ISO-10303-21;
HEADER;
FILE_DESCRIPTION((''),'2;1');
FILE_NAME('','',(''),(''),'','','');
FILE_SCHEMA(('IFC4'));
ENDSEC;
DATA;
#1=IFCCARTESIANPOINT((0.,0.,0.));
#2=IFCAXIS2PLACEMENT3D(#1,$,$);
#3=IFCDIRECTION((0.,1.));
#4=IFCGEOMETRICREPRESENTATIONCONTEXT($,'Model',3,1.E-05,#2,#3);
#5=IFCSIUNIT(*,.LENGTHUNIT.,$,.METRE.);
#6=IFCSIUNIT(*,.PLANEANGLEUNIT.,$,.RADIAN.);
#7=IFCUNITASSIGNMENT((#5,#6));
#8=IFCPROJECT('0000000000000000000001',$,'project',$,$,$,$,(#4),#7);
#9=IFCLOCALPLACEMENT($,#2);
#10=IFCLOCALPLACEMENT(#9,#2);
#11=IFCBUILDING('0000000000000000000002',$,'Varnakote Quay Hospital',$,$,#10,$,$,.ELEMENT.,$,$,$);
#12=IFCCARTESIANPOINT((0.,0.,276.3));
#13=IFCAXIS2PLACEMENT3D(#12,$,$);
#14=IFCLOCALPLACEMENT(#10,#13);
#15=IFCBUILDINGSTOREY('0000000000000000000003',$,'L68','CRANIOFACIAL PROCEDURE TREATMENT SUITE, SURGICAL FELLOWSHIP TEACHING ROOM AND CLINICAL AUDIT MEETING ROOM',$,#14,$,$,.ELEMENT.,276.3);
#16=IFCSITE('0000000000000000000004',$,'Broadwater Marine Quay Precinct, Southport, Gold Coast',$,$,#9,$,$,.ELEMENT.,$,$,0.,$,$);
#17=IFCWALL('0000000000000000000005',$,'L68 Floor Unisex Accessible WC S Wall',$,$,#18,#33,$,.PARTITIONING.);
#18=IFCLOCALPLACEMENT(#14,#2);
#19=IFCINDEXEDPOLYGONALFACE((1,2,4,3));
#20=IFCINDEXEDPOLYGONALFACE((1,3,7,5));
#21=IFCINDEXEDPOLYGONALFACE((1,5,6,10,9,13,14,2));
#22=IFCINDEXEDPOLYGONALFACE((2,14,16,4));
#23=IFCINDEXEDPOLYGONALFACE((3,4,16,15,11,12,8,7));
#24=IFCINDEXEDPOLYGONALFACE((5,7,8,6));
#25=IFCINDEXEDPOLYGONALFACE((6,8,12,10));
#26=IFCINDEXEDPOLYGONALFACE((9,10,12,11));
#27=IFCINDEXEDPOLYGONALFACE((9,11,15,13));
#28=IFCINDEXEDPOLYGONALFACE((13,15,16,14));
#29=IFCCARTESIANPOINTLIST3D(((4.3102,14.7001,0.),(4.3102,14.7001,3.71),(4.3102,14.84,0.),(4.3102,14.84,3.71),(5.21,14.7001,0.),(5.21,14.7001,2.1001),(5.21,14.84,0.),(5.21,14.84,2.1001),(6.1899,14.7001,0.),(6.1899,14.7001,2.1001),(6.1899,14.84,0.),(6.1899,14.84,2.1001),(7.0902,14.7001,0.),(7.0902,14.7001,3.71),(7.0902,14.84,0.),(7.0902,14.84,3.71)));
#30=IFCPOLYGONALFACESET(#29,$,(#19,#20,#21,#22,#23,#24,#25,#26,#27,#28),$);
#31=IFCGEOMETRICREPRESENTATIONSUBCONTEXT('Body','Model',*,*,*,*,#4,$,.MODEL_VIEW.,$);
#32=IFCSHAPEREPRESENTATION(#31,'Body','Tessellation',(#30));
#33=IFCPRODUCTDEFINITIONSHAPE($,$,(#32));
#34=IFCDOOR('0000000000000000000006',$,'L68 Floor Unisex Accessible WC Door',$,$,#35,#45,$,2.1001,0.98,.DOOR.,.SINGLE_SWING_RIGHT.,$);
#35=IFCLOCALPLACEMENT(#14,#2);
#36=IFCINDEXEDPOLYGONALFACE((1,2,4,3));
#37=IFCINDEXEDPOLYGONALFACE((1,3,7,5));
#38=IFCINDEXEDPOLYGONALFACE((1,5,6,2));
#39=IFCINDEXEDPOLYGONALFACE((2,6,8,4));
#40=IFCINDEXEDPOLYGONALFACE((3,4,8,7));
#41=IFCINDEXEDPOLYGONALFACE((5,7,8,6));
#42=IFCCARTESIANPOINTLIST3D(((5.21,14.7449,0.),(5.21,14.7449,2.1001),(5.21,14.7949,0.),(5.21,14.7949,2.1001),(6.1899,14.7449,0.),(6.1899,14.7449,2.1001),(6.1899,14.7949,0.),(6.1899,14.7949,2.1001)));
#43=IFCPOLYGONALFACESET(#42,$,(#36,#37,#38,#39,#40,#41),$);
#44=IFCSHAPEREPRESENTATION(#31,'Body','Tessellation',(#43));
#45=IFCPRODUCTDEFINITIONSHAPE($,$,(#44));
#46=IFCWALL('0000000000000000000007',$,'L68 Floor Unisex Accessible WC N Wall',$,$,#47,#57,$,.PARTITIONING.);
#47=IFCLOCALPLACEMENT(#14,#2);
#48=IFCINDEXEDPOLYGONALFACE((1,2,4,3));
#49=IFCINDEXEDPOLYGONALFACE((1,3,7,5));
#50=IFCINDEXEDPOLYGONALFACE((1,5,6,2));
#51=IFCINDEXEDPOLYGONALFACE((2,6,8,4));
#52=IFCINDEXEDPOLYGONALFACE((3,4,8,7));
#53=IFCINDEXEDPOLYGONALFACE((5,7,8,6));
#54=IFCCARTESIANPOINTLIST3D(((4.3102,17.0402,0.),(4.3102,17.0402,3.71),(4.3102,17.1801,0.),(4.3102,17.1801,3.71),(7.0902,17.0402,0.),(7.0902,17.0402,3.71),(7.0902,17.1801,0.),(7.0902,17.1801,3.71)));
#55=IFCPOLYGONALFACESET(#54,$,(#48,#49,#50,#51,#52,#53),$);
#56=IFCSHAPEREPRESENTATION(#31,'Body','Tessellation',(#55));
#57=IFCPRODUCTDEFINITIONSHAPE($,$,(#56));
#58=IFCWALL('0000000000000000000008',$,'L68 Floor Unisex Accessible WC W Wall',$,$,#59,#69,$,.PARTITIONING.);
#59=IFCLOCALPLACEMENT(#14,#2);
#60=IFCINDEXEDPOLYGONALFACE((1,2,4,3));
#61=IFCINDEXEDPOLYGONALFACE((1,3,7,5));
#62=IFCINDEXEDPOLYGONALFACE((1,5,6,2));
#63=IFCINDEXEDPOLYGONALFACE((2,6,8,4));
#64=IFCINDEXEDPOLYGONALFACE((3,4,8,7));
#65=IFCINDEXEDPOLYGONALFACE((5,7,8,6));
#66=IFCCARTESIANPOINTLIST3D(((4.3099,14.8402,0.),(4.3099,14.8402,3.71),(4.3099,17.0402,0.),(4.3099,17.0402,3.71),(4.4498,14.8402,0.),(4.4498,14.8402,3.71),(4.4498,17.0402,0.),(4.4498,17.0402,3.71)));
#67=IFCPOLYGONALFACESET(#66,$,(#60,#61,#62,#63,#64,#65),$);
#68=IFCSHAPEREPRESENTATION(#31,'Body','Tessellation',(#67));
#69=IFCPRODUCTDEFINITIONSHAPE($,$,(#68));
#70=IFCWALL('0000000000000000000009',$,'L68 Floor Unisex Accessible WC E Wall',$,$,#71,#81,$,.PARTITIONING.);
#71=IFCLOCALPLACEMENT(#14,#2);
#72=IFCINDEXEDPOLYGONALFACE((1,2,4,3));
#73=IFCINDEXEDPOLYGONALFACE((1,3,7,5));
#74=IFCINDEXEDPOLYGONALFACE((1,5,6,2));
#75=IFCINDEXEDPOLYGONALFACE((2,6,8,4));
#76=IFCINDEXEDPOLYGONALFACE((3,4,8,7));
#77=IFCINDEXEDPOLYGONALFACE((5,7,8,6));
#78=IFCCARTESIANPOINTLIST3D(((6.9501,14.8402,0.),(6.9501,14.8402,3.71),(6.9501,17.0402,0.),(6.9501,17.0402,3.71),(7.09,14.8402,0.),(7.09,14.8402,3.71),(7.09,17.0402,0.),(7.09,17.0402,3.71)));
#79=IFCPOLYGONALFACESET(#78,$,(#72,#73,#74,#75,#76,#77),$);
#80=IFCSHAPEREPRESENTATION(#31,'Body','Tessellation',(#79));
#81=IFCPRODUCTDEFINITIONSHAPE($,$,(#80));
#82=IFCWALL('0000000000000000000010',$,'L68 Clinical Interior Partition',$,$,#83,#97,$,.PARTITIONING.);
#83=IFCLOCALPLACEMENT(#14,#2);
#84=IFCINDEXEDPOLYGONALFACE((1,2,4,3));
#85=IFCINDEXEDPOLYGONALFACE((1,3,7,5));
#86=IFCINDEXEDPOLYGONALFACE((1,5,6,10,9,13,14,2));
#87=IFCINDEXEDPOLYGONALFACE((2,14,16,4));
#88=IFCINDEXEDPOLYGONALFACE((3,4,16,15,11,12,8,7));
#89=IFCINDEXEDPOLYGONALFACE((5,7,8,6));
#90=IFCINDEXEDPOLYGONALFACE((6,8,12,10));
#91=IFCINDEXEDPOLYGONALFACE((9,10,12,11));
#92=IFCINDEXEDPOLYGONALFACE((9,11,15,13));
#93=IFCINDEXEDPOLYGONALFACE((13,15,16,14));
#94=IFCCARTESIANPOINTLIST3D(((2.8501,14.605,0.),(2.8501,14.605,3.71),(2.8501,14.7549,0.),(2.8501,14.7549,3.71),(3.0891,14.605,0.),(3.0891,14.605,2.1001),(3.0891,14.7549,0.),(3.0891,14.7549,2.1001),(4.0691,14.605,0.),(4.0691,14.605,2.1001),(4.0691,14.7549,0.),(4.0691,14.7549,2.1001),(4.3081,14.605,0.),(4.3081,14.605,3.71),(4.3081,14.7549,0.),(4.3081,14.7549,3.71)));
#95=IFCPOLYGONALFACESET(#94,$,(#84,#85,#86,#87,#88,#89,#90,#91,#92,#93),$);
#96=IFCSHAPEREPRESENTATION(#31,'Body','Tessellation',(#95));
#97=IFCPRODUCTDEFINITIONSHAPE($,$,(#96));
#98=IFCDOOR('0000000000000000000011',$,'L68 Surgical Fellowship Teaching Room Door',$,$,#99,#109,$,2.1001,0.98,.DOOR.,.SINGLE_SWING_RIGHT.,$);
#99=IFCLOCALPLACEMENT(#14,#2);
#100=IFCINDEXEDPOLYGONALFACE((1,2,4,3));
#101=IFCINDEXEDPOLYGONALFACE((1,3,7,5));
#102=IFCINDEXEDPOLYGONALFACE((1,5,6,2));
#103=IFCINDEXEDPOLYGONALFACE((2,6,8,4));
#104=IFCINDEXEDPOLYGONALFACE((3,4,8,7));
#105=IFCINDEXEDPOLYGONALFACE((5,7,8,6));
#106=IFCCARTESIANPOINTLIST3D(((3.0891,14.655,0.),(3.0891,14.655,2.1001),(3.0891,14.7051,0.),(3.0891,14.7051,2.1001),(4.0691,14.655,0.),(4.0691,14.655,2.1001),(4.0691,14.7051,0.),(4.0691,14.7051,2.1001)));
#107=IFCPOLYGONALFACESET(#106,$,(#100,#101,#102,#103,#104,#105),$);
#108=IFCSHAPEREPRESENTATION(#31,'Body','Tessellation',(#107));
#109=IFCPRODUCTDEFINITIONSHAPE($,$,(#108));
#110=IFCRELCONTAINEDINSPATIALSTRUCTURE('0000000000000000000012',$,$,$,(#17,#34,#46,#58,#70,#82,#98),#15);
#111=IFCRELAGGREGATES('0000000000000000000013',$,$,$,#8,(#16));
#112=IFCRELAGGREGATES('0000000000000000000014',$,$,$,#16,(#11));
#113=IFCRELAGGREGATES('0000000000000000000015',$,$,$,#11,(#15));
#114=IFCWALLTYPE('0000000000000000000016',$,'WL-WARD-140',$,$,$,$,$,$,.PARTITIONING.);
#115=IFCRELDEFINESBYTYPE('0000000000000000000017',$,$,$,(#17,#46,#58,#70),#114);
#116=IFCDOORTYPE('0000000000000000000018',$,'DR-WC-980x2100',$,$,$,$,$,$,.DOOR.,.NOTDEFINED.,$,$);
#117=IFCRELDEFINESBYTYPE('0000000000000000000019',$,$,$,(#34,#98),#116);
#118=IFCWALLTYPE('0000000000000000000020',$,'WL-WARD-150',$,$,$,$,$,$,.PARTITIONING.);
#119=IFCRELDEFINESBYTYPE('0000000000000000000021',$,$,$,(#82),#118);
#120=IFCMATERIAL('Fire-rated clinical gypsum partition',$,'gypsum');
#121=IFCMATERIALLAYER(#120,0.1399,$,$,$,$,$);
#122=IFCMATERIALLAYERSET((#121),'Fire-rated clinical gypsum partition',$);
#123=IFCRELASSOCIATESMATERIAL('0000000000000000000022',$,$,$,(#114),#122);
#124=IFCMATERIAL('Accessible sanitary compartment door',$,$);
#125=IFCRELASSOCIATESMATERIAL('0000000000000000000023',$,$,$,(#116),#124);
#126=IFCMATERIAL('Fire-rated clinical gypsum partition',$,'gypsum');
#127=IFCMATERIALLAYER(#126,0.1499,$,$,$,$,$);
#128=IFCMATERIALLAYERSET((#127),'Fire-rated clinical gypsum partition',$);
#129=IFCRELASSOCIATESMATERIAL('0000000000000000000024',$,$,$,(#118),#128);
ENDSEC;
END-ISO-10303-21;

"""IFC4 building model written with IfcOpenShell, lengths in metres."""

from ifc_helpers import new_model, si_unit, direction, frame, frame_2d, origin, place, context, subcontext, project, spatial, rectangle, extrude, material, layer, layer_set, type_object, element, fill, save


model = new_model("IFC4")

# Units and contexts
model_context = context("Model", 3, precision=1e-05, world=origin(), true_north=direction((0.0, 1.0)))
body_context = subcontext(model_context, "Body", "Model", "MODEL_VIEW")
ifc_project = project(units=[si_unit("LENGTHUNIT", "METRE"), si_unit("PLANEANGLEUNIT", "RADIAN")], contexts=[model_context])

# Site, building, storey
site_placement = place(None, origin())
site = spatial("IfcSite", under=ifc_project, at=site_placement, Name="Broadwater Marine Quay Precinct, Southport, Gold Coast", CompositionType="ELEMENT", RefElevation=0.0)
building_placement = place(site_placement, origin())
building = spatial("IfcBuilding", under=site, at=building_placement, Name="Varnakote Quay Hospital", CompositionType="ELEMENT")
storey_placement = place(building_placement, frame((0.0, 0.0, 276.3)))
storey = spatial("IfcBuildingStorey", under=building, at=storey_placement, Name="L68", Description="CRANIOFACIAL PROCEDURE TREATMENT SUITE, SURGICAL FELLOWSHIP TEACHING ROOM AND CLINICAL AUDIT MEETING ROOM", CompositionType="ELEMENT", Elevation=276.3)

# Wall, opening, door
ifc_material_1 = material(Name="Fire-rated clinical gypsum partition", Category="gypsum")
ifc_layer_1 = layer(ifc_material_1, 0.1399)
ifc_layer_set_1 = layer_set([ifc_layer_1], Name="Fire-rated clinical gypsum partition")
wall_type_1 = type_object("IfcWallType", Name="WL-WARD-140", PredefinedType="PARTITIONING", material=ifc_layer_set_1)
wall_1_placement = place(storey_placement, frame((4.3101, 14.77, 0.0), z_axis=(0.0, 0.0, 1.0), x_axis=(1.0, 0.0, 0.0)))
wall_1 = element("IfcWall", 1, at=wall_1_placement, inside=storey, type_object=wall_type_1, Name="L68 Floor Unisex Accessible WC S Wall", PredefinedType="PARTITIONING", context=body_context, shape_type="SweptSolid", body=[
    extrude(rectangle(XDim=2.78, YDim=0.1399, at=frame_2d((1.3901, 0.0))), origin(), (0.0, 0.0, 1.0), 3.71),
])
opening_1_placement = place(wall_1_placement, frame((0.8999, 0.0, 0.0)))
opening_1 = element("IfcOpeningElement", 2, at=opening_1_placement, cuts=wall_1, PredefinedType="OPENING", context=body_context, shape_type="SweptSolid", body=[
    extrude(rectangle(XDim=0.98, YDim=2.1001, at=frame_2d((0.49, 1.05))), frame((0.0, 0.0798, 0.0), z_axis=(0.0, -1.0, 0.0), x_axis=(1.0, 0.0, 0.0)), (0.0, 0.0, 1.0), 0.1599),
])
ifc_material_2 = material(Name="Accessible sanitary compartment door")
door_type = type_object("IfcDoorType", Name="DR-WC-980x2100", OperationType="NOTDEFINED", PredefinedType="DOOR", material=ifc_material_2)
door_1_placement = place(opening_1_placement, origin())
door_1 = element("IfcDoor", 3, at=door_1_placement, inside=storey, type_object=door_type, Name="L68 Floor Unisex Accessible WC Door", OperationType="SINGLE_SWING_RIGHT", OverallHeight=2.1001, OverallWidth=0.98, PredefinedType="DOOR", context=body_context, shape_type="SweptSolid", body=[
    extrude(rectangle(XDim=0.98, YDim=2.1001, at=frame_2d((0.49, 1.05))), frame((0.0, 0.0249, 0.0), z_axis=(0.0, -1.0, 0.0), x_axis=(1.0, 0.0, 0.0)), (0.0, 0.0, 1.0), 0.05),
])
fill(opening_1, door_1)

# Walls
wall_2_placement = place(storey_placement, frame((4.3101, 17.1101, 0.0), z_axis=(0.0, 0.0, 1.0), x_axis=(1.0, 0.0, 0.0)))
element("IfcWall", 4, at=wall_2_placement, inside=storey, type_object=wall_type_1, Name="L68 Floor Unisex Accessible WC N Wall", PredefinedType="PARTITIONING", context=body_context, shape_type="SweptSolid", body=[
    extrude(rectangle(XDim=2.78, YDim=0.1399, at=frame_2d((1.3901, 0.0))), origin(), (0.0, 0.0, 1.0), 3.71),
])
for number, where, z_axis, x_axis, name in (
    (5, (4.3799, 14.8401, 0.0), (0.0, 0.0, 1.0), (0.0, 1.0, 0.0), "L68 Floor Unisex Accessible WC W Wall"),
    (6, (7.02, 14.8401, 0.0), (0.0, 0.0, 1.0), (0.0, 1.0, 0.0), "L68 Floor Unisex Accessible WC E Wall"),
):
    element("IfcWall", number, at=place(storey_placement, frame(where, z_axis=z_axis, x_axis=x_axis)), inside=storey, type_object=wall_type_1, Name=name, PredefinedType="PARTITIONING", context=body_context, shape_type="SweptSolid", body=[
        extrude(rectangle(XDim=2.2, YDim=0.1399, at=frame_2d((1.1001, 0.0))), origin(), (0.0, 0.0, 1.0), 3.71),
    ])

# Wall, opening, door
ifc_material_3 = material(Name="Fire-rated clinical gypsum partition", Category="gypsum")
ifc_layer_2 = layer(ifc_material_3, 0.1499)
ifc_layer_set_2 = layer_set([ifc_layer_2], Name="Fire-rated clinical gypsum partition")
wall_type_2 = type_object("IfcWallType", Name="WL-WARD-150", PredefinedType="PARTITIONING", material=ifc_layer_set_2)
wall_3_placement = place(storey_placement, frame((4.3081, 14.6799, 0.0), z_axis=(0.0, 0.0, 1.0), x_axis=(-1.0, 0.0, 0.0)))
wall_3 = element("IfcWall", 7, at=wall_3_placement, inside=storey, type_object=wall_type_2, Name="L68 Clinical Interior Partition", PredefinedType="PARTITIONING", context=body_context, shape_type="SweptSolid", body=[
    extrude(rectangle(XDim=1.458, YDim=0.1499, at=frame_2d((0.729, 0.0))), origin(), (0.0, 0.0, 1.0), 3.71),
])
opening_2_placement = place(wall_3_placement, frame((0.239, 0.0, 0.0)))
opening_2 = element("IfcOpeningElement", 8, at=opening_2_placement, cuts=wall_3, PredefinedType="OPENING", context=body_context, shape_type="SweptSolid", body=[
    extrude(rectangle(XDim=0.98, YDim=2.1001, at=frame_2d((0.49, 1.05))), frame((0.0, 0.085, 0.0), z_axis=(0.0, -1.0, 0.0), x_axis=(1.0, 0.0, 0.0)), (0.0, 0.0, 1.0), 0.1699),
])
door_2_placement = place(opening_2_placement, origin())
door_2 = element("IfcDoor", 9, at=door_2_placement, inside=storey, type_object=door_type, Name="L68 Surgical Fellowship Teaching Room Door", OperationType="SINGLE_SWING_RIGHT", OverallHeight=2.1001, OverallWidth=0.98, PredefinedType="DOOR", context=body_context, shape_type="SweptSolid", body=[
    extrude(rectangle(XDim=0.98, YDim=2.1001, at=frame_2d((0.49, 1.05))), frame((0.0, 0.0249, 0.0), z_axis=(0.0, -1.0, 0.0), x_axis=(1.0, 0.0, 0.0)), (0.0, 0.0, 1.0), 0.05),
])
fill(opening_2, door_2)

save(model, "model.ifc")
